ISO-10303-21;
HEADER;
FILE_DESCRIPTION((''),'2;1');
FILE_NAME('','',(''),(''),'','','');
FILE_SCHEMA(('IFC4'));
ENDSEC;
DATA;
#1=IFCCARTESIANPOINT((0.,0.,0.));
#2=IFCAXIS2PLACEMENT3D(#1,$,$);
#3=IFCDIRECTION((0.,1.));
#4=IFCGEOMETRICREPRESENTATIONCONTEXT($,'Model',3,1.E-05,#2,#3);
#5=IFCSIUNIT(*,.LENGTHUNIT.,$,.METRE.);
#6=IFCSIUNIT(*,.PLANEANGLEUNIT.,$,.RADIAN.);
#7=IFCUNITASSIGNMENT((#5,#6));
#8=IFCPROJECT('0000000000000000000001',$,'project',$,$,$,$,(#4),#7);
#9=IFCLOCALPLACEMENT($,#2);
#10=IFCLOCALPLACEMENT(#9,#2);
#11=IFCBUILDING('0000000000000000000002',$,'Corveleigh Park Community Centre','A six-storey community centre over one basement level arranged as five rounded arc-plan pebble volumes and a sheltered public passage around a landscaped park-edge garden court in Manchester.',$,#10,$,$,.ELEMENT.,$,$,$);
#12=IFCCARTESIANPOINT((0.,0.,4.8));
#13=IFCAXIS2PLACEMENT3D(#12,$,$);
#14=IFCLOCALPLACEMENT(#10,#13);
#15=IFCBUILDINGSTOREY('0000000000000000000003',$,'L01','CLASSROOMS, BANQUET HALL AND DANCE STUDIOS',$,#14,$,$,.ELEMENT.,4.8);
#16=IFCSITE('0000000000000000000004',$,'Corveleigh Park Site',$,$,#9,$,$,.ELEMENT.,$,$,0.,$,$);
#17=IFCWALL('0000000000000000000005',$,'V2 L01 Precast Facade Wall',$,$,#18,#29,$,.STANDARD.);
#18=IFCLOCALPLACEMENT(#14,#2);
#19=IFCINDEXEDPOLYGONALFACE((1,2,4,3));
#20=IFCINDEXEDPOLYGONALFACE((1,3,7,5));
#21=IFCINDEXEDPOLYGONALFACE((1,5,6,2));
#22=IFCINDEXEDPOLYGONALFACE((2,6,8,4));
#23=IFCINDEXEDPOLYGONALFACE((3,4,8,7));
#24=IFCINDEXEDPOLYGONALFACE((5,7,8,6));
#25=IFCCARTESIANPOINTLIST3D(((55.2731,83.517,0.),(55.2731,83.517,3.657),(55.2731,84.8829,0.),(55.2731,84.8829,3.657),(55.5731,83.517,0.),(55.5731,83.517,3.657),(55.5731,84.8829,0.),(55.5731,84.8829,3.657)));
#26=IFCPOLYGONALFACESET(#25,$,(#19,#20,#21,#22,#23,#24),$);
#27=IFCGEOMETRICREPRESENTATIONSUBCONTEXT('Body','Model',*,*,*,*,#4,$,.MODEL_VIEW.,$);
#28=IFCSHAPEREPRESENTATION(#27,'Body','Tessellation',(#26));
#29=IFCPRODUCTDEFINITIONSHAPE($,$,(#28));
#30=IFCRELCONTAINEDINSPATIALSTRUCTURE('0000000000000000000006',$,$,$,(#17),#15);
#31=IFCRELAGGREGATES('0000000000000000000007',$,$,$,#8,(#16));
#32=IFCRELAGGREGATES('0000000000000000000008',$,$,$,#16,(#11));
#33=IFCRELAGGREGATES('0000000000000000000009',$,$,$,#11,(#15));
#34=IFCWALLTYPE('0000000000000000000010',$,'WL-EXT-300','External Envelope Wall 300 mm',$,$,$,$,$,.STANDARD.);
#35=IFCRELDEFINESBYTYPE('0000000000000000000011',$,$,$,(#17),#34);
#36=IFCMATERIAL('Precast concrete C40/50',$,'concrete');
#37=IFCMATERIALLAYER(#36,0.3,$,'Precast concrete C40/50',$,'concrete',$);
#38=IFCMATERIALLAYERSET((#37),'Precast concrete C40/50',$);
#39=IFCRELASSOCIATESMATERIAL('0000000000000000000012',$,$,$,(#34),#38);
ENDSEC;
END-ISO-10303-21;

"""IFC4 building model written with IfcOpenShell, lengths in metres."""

from ifc_helpers import new_model, si_unit, direction, frame, frame_2d, origin, place, context, subcontext, project, spatial, rectangle, extrude, material, layer, layer_set, type_object, element, save


model = new_model("IFC4")

# Units and contexts
model_context = context("Model", 3, precision=1e-05, world=origin(), true_north=direction((0.0, 1.0)))
body_context = subcontext(model_context, "Body", "Model", "MODEL_VIEW")
ifc_project = project(units=[si_unit("LENGTHUNIT", "METRE"), si_unit("PLANEANGLEUNIT", "RADIAN")], contexts=[model_context])

# Site, building, storey
site_placement = place(None, origin())
site = spatial("IfcSite", under=ifc_project, at=site_placement, Name="Corveleigh Park Site", CompositionType="ELEMENT", RefElevation=0.0)
building_placement = place(site_placement, origin())
building = spatial("IfcBuilding", under=site, at=building_placement, Name="Corveleigh Park Community Centre", Description="A six-storey community centre over one basement level arranged as five rounded arc-plan pebble volumes and a sheltered public passage around a landscaped park-edge garden court in Manchester.", CompositionType="ELEMENT")
storey_placement = place(building_placement, frame((0.0, 0.0, 4.8)))
storey = spatial("IfcBuildingStorey", under=building, at=storey_placement, Name="L01", Description="CLASSROOMS, BANQUET HALL AND DANCE STUDIOS", CompositionType="ELEMENT", Elevation=4.8)

# Wall
ifc_material_1 = material(Name="Precast concrete C40/50", Category="concrete")
ifc_layer_1 = layer(ifc_material_1, 0.3, Name="Precast concrete C40/50", Category="concrete")
ifc_layer_set_1 = layer_set([ifc_layer_1], Name="Precast concrete C40/50")
wall_type = type_object("IfcWallType", Name="WL-EXT-300", Description="External Envelope Wall 300 mm", PredefinedType="STANDARD", material=ifc_layer_set_1)
wall_placement = place(storey_placement, frame((55.4231, 84.8831, 0.0), z_axis=(0.0, 0.0, 1.0), x_axis=(0.0, -1.0, 0.0)))
element("IfcWall", 1, at=wall_placement, inside=storey, type_object=wall_type, Name="V2 L01 Precast Facade Wall", PredefinedType="STANDARD", context=body_context, shape_type="SweptSolid", body=[
    extrude(rectangle(XDim=1.366, YDim=0.3, at=frame_2d((0.6831, 0.0))), origin(), (0.0, 0.0, 1.0), 3.657),
])

save(model, "model.ifc")
